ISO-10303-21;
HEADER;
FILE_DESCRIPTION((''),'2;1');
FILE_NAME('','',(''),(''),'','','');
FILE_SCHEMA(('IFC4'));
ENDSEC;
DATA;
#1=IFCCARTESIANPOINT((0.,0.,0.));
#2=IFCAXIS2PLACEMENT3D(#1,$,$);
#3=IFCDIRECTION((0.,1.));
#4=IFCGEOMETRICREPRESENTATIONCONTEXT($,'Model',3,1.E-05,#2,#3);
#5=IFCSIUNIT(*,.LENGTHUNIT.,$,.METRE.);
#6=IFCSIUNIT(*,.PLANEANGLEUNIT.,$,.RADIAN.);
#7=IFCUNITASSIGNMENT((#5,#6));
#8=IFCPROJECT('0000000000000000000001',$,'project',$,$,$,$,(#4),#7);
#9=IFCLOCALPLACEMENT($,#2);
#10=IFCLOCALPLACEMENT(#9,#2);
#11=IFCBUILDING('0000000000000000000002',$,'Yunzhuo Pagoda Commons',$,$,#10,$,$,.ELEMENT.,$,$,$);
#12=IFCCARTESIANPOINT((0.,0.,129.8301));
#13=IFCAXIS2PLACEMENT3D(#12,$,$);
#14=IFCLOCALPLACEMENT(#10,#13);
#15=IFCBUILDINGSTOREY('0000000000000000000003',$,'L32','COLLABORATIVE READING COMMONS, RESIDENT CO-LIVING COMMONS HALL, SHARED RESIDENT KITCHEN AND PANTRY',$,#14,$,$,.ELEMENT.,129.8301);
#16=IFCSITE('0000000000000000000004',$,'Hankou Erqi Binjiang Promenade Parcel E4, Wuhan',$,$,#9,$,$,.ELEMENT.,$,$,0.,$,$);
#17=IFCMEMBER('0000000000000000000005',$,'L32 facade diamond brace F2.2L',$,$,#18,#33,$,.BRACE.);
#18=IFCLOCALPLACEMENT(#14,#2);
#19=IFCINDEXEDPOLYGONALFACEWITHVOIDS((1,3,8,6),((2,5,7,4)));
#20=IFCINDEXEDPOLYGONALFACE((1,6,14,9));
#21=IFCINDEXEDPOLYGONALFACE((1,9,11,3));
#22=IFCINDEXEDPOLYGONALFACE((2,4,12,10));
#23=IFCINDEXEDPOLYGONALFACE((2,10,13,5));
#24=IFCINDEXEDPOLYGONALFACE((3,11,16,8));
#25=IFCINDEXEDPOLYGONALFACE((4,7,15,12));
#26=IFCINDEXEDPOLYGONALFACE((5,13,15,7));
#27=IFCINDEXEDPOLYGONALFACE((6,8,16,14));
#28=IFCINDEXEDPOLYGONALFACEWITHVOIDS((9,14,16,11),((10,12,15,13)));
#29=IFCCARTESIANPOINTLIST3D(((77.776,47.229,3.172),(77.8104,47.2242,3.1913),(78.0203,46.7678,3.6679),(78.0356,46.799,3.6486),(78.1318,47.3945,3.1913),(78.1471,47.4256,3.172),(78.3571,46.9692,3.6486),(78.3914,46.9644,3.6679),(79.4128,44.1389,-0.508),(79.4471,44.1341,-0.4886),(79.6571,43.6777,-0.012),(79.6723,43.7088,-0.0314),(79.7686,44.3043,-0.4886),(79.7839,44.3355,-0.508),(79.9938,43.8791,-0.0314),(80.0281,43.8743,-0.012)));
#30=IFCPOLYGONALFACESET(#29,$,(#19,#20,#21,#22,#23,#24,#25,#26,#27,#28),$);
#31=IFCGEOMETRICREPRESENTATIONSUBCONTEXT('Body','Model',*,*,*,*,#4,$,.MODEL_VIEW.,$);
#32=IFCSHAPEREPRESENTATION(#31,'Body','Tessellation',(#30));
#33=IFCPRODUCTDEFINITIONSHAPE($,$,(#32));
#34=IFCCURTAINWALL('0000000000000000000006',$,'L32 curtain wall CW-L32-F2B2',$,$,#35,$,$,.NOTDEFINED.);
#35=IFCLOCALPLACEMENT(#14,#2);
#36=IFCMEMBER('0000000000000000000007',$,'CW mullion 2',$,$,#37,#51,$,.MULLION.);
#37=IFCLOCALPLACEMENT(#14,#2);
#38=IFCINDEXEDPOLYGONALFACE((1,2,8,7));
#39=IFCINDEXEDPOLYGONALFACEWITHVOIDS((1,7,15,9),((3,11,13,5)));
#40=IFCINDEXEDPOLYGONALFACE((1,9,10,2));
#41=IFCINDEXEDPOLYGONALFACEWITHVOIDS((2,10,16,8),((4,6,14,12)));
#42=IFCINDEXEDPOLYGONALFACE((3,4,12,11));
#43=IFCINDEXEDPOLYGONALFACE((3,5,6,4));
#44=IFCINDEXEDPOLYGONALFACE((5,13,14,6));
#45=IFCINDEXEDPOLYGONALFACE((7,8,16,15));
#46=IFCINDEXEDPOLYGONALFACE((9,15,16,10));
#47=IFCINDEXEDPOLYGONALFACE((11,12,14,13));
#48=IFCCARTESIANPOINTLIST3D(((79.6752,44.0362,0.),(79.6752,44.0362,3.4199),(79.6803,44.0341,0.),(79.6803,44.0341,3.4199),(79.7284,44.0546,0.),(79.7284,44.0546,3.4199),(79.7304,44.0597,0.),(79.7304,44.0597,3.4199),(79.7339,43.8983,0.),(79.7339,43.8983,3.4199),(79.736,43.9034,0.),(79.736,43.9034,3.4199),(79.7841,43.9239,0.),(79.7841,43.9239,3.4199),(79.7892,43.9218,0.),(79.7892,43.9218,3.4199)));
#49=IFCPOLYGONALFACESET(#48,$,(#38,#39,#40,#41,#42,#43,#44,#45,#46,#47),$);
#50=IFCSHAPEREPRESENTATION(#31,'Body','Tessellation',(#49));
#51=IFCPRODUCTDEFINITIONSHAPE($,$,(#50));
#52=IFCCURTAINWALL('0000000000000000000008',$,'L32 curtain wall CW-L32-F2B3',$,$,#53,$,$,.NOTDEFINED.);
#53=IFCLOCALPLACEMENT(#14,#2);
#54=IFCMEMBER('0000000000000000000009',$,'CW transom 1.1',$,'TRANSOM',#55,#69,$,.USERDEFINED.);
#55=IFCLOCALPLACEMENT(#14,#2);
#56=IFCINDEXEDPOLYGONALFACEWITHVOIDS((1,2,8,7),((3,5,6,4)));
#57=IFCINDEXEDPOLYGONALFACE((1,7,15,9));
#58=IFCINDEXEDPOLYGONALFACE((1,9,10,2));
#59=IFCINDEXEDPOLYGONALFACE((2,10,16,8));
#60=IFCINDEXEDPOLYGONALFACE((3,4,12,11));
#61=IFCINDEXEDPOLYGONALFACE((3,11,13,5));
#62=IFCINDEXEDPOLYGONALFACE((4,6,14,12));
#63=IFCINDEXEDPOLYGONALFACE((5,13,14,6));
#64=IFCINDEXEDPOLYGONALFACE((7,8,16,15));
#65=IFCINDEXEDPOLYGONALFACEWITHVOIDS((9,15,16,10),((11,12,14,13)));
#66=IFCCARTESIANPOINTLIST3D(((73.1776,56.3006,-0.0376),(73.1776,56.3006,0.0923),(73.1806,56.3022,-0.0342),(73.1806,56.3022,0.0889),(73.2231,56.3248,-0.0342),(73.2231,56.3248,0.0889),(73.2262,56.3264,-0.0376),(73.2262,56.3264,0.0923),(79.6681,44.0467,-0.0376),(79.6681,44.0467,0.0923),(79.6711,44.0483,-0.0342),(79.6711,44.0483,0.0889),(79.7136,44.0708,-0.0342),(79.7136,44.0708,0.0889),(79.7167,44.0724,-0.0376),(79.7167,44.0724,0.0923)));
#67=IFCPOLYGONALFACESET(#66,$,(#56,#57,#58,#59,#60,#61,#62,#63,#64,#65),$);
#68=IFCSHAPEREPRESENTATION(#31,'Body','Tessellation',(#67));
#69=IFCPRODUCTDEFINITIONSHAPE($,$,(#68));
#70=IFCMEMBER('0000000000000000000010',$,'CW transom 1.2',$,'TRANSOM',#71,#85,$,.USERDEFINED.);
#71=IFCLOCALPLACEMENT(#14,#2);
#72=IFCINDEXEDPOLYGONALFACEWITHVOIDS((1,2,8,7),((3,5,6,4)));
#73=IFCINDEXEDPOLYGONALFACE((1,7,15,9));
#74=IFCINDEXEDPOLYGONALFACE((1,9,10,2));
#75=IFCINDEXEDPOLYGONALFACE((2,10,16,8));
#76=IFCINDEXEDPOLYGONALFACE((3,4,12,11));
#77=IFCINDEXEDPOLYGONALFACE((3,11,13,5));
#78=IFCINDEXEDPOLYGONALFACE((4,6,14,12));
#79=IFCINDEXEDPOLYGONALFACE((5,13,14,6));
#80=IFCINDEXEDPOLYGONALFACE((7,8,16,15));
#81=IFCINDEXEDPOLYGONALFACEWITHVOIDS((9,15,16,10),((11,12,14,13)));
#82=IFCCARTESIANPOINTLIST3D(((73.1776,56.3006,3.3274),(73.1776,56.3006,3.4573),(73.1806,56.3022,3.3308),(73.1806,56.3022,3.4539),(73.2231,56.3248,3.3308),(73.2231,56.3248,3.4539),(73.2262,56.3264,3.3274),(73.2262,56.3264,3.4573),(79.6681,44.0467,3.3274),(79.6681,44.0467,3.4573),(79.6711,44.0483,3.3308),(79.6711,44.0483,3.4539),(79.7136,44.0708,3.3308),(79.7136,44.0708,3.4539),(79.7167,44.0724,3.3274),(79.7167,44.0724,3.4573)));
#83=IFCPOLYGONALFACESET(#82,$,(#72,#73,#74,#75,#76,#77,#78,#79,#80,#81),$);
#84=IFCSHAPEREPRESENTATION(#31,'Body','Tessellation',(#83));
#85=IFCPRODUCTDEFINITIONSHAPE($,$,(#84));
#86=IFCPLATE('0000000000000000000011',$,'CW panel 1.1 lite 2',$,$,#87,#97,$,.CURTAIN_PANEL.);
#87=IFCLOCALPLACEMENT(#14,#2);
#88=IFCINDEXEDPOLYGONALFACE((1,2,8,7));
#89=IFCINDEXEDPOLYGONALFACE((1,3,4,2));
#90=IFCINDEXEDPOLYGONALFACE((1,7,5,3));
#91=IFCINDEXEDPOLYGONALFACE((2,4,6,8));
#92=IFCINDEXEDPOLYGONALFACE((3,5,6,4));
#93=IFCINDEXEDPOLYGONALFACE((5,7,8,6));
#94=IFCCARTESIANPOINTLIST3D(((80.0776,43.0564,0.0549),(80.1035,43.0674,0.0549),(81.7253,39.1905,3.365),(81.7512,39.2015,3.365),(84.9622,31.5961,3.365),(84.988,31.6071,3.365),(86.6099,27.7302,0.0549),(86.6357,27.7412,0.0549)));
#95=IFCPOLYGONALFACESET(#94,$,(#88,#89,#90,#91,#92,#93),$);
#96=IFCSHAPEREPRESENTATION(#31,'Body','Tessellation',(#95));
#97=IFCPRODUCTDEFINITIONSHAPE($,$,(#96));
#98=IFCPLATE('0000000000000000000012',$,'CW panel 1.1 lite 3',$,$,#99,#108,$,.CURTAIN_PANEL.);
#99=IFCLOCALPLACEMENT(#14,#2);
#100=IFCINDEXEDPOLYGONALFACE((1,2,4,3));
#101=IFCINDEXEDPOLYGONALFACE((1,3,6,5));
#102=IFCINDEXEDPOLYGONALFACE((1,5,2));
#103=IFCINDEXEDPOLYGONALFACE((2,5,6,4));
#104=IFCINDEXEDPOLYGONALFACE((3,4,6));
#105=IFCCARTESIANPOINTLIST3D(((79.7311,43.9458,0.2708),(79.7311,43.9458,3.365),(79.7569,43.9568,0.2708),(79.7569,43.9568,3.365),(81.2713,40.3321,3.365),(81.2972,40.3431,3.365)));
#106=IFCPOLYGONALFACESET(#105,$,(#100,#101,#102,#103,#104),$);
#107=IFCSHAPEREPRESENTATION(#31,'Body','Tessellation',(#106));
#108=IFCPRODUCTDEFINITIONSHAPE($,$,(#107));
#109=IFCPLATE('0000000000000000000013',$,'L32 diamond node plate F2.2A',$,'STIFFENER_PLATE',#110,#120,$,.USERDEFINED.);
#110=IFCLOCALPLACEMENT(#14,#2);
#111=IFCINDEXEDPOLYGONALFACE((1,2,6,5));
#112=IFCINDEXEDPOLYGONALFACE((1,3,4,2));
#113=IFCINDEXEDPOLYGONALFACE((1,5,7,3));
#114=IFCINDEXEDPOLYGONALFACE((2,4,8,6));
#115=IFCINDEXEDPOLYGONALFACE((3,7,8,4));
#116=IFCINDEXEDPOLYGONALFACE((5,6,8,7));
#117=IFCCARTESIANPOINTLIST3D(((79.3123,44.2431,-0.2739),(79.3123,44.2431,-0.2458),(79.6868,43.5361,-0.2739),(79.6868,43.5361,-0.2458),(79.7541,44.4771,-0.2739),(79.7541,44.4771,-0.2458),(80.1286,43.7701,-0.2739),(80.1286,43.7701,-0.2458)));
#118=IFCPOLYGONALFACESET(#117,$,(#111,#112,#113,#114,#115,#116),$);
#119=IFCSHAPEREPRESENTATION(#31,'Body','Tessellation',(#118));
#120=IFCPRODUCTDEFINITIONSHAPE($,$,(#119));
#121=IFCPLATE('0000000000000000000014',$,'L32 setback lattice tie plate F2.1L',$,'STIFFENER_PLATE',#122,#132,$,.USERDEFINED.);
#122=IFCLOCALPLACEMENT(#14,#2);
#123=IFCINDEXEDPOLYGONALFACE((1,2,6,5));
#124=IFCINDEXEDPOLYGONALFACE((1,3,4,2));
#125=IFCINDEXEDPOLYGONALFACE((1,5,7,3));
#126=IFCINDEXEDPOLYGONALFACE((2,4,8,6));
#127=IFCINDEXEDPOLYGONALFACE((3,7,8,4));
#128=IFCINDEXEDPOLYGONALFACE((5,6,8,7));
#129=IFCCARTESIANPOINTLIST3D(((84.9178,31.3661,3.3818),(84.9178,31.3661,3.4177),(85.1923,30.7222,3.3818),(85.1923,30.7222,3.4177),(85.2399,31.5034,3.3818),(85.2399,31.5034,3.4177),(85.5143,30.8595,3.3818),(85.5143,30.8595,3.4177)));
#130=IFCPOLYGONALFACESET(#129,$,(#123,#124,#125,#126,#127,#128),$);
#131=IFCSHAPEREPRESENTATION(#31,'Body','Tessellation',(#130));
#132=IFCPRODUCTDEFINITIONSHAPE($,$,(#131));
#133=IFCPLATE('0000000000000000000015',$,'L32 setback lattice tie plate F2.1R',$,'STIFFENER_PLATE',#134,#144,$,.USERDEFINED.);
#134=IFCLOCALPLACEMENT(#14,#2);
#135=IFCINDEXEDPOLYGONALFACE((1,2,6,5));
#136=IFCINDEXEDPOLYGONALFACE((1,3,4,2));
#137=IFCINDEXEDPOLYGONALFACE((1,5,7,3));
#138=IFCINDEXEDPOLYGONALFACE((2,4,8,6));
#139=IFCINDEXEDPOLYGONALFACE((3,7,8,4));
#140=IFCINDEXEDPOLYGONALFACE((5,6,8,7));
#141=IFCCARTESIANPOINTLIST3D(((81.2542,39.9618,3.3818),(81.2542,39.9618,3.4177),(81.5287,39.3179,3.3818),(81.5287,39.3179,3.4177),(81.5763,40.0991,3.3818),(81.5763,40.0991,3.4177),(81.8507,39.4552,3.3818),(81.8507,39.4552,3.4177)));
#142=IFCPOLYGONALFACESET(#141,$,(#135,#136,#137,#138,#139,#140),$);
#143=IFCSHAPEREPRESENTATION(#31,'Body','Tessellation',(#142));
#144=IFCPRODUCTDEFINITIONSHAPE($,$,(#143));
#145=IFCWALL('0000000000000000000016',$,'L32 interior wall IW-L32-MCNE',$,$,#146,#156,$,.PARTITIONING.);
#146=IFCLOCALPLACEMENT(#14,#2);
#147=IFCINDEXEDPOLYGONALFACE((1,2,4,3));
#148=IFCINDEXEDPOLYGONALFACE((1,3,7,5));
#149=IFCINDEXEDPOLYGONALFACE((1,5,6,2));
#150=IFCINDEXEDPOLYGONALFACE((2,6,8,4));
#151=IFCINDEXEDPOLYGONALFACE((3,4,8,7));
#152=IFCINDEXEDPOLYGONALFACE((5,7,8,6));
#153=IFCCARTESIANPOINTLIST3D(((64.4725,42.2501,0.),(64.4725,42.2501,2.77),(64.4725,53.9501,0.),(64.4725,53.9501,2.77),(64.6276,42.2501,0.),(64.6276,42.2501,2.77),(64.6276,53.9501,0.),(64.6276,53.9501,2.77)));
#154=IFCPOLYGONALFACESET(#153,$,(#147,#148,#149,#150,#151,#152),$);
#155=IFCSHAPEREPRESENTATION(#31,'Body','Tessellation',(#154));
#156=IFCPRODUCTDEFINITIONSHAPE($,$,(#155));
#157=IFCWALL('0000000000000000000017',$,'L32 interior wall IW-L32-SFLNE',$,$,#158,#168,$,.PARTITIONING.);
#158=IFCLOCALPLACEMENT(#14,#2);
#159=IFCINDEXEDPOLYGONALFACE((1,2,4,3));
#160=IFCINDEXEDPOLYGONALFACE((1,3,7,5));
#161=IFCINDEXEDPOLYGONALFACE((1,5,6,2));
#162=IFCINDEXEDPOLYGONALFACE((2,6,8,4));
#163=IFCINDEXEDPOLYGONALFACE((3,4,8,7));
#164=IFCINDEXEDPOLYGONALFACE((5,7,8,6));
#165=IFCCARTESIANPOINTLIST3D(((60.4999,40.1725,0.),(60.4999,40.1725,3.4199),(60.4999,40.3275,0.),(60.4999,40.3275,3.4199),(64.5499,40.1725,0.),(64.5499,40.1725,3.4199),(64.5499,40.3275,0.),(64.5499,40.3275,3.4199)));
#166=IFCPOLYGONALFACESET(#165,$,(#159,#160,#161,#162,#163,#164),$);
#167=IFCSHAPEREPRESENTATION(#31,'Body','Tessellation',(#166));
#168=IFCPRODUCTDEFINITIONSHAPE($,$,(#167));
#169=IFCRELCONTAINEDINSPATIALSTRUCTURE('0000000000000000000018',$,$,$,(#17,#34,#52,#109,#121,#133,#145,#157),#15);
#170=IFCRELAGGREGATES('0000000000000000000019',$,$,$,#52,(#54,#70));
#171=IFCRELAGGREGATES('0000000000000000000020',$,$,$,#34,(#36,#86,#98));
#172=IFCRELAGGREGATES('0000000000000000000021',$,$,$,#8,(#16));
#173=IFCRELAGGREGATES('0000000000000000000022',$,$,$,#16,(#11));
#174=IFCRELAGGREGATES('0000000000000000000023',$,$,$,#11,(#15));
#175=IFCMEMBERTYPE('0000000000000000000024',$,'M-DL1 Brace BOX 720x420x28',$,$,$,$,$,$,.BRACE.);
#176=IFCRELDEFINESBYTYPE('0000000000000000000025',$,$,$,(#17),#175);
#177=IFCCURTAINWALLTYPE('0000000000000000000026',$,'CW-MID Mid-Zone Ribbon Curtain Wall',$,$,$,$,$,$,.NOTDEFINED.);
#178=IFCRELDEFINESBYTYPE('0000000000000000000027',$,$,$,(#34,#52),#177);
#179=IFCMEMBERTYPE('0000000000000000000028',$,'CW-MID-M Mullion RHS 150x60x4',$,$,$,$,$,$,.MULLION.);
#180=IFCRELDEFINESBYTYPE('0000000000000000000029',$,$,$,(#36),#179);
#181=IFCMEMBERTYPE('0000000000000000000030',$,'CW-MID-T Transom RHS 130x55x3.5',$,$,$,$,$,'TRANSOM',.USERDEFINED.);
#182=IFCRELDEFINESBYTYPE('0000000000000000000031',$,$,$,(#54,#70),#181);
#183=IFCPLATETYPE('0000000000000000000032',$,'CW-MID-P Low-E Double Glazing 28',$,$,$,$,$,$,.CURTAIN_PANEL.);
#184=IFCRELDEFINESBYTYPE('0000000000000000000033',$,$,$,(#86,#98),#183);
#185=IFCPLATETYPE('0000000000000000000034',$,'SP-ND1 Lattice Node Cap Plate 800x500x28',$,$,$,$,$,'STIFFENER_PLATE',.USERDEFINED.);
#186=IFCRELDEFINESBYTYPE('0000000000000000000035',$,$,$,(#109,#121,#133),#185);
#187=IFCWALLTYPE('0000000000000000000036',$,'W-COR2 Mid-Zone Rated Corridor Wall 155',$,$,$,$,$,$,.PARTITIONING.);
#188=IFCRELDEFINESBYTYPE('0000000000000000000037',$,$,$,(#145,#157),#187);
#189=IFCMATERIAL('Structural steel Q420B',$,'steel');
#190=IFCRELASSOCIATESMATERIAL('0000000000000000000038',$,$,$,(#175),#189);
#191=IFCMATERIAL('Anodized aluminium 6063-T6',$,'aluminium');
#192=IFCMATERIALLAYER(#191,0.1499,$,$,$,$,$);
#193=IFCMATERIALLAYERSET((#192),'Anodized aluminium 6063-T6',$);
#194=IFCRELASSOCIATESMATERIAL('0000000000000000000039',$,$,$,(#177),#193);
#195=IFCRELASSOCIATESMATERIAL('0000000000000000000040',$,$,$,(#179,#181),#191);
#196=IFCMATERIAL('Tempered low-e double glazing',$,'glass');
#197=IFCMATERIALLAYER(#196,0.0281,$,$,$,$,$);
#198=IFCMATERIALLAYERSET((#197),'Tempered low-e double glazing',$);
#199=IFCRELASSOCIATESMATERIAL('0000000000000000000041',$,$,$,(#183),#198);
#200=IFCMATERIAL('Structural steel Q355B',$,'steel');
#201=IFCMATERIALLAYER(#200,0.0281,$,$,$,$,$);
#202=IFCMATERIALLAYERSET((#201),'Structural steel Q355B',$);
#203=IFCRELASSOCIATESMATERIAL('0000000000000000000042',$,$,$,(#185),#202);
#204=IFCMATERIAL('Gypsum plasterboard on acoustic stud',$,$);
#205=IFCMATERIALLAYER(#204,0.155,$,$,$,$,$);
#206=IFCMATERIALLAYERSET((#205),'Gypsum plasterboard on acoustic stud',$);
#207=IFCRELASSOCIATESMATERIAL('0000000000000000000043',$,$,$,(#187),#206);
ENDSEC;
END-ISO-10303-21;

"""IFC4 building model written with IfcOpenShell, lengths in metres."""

from ifc_helpers import new_model, si_unit, direction, frame, frame_2d, origin, origin_2d, place, context, subcontext, project, spatial, polyline, rectangle, hollow_rectangle, outline, extrude, source, transform, mapped, material, layer, layer_set, material_profile, profile_set, type_object, element, aggregate, save


model = new_model("IFC4")

# Units and contexts
model_context = context("Model", 3, precision=1e-05, world=origin(), true_north=direction((0.0, 1.0)))
body_context = subcontext(model_context, "Body", "Model", "MODEL_VIEW")
ifc_project = project(units=[si_unit("LENGTHUNIT", "METRE"), si_unit("PLANEANGLEUNIT", "RADIAN")], contexts=[model_context])

# Site, building, storey
site_placement = place(None, origin())
site = spatial("IfcSite", under=ifc_project, at=site_placement, Name="Hankou Erqi Binjiang Promenade Parcel E4, Wuhan", CompositionType="ELEMENT", RefElevation=0.0)
building_placement = place(site_placement, origin())
building = spatial("IfcBuilding", under=site, at=building_placement, Name="Yunzhuo Pagoda Commons", CompositionType="ELEMENT")
storey_placement = place(building_placement, frame((0.0, 0.0, 129.8301)))
storey = spatial("IfcBuildingStorey", under=building, at=storey_placement, Name="L32", Description="COLLABORATIVE READING COMMONS, RESIDENT CO-LIVING COMMONS HALL, SHARED RESIDENT KITCHEN AND PANTRY", CompositionType="ELEMENT", Elevation=129.8301)

# Shared definitions
ifc_material_1 = material(Name="Structural steel Q420B", Category="steel")

# Shared definitions
ifc_material_2 = material(Name="Structural steel Q355B", Category="steel")

# Member
ifc_material_profile_1 = material_profile(ifc_material_1, hollow_rectangle(XDim=0.4199, YDim=0.72, WallThickness=0.0281, at=origin_2d()), Name="Structural steel Q420B")
ifc_profile_set_1 = profile_set([ifc_material_profile_1], Name="Structural steel Q420B")
member_type_1 = type_object("IfcMemberType", Name="M-DL1 Brace BOX 720x420x28", PredefinedType="BRACE", material=ifc_profile_set_1)
shared_shape_1 = source(origin(), body_context, "Body", "SweptSolid", [
    extrude(hollow_rectangle(XDim=0.4199, YDim=0.72, WallThickness=0.0281, at=origin_2d()), origin(), (0.0, 0.0, 1.0), 5.0764),
])
member_1_placement = place(storey_placement, frame((79.7205, 44.0066, -0.26), z_axis=(-0.32242, 0.608722, 0.724916), x_axis=(-0.883694, -0.468064, 0.0)))
element("IfcMember", 1, at=member_1_placement, inside=storey, type_object=member_type_1, Name="L32 facade diamond brace F2.2L", PredefinedType="BRACE", context=body_context, shape_type="MappedRepresentation", body=[
    mapped(shared_shape_1, transform((0.0, 0.0, 0.0), scale=1.0)),
])

# Curtain wall, member
ifc_material_3 = material(Name="Anodized aluminium 6063-T6", Category="aluminium")
ifc_layer_1 = layer(ifc_material_3, 0.1499)
ifc_layer_set_1 = layer_set([ifc_layer_1], Name="Anodized aluminium 6063-T6")
curtain_wall_type = type_object("IfcCurtainWallType", Name="CW-MID Mid-Zone Ribbon Curtain Wall", PredefinedType="NOTDEFINED", material=ifc_layer_set_1)
curtain_wall_1_placement = place(storey_placement, origin())
curtain_wall_1 = element("IfcCurtainWall", 2, at=curtain_wall_1_placement, inside=storey, type_object=curtain_wall_type, Name="L32 curtain wall CW-L32-F2B2", PredefinedType="NOTDEFINED")
ifc_material_profile_2 = material_profile(ifc_material_3, hollow_rectangle(XDim=0.0601, YDim=0.1499, WallThickness=0.0039, at=origin_2d()), Name="Anodized aluminium 6063-T6")
ifc_profile_set_2 = profile_set([ifc_material_profile_2], Name="Anodized aluminium 6063-T6")
member_type_2 = type_object("IfcMemberType", Name="CW-MID-M Mullion RHS 150x60x4", PredefinedType="MULLION", material=ifc_profile_set_2)
shared_shape_2 = source(origin(), body_context, "Body", "SweptSolid", [
    extrude(hollow_rectangle(XDim=0.0601, YDim=0.1499, WallThickness=0.0039, at=origin_2d()), origin(), (0.0, 0.0, 1.0), 3.4199),
])
member_2_placement = place(storey_placement, frame((79.7322, 43.979, 0.0), z_axis=(0.0, 0.0, 1.0), x_axis=(-0.919928, -0.392087, 0.0)))
member_2 = element("IfcMember", 3, at=member_2_placement, type_object=member_type_2, Name="CW mullion 2", PredefinedType="MULLION", context=body_context, shape_type="MappedRepresentation", body=[
    mapped(shared_shape_2, transform((0.0, 0.0, 0.0), scale=1.0)),
])

# Curtain wall, members
curtain_wall_2_placement = place(storey_placement, origin())
curtain_wall_2 = element("IfcCurtainWall", 4, at=curtain_wall_2_placement, inside=storey, type_object=curtain_wall_type, Name="L32 curtain wall CW-L32-F2B3", PredefinedType="NOTDEFINED")
ifc_material_profile_3 = material_profile(ifc_material_3, hollow_rectangle(XDim=0.0549, YDim=0.1299, WallThickness=0.0034, at=origin_2d()), Name="Anodized aluminium 6063-T6")
ifc_profile_set_3 = profile_set([ifc_material_profile_3], Name="Anodized aluminium 6063-T6")
member_type_3 = type_object("IfcMemberType", Name="CW-MID-T Transom RHS 130x55x3.5", ElementType="TRANSOM", PredefinedType="USERDEFINED", material=ifc_profile_set_3)
shared_shape_3 = source(origin(), body_context, "Body", "SweptSolid", [
    extrude(hollow_rectangle(XDim=0.0549, YDim=0.1299, WallThickness=0.0034, at=origin_2d()), origin(), (0.0, 0.0, 1.0), 13.8667),
])
member_3_placement = place(storey_placement, frame((79.6924, 44.0596, 0.0273), z_axis=(-0.468063, 0.883695, 0.0), x_axis=(-0.883695, -0.468063, 0.0)))
member_3 = element("IfcMember", 5, at=member_3_placement, type_object=member_type_3, Name="CW transom 1.1", ObjectType="TRANSOM", PredefinedType="USERDEFINED", context=body_context, shape_type="MappedRepresentation", body=[
    mapped(shared_shape_3, transform((0.0, 0.0, 0.0), scale=1.0)),
])
member_4_placement = place(storey_placement, frame((79.6924, 44.0596, 3.3923), z_axis=(-0.468063, 0.883695, 0.0), x_axis=(-0.883695, -0.468063, 0.0)))
member_4 = element("IfcMember", 6, at=member_4_placement, type_object=member_type_3, Name="CW transom 1.2", ObjectType="TRANSOM", PredefinedType="USERDEFINED", context=body_context, shape_type="MappedRepresentation", body=[
    mapped(shared_shape_3, transform((0.0, 0.0, 0.0), scale=1.0)),
])
aggregate(curtain_wall_2, [member_3, member_4])

# Plates
ifc_material_4 = material(Name="Tempered low-e double glazing", Category="glass")
ifc_layer_2 = layer(ifc_material_4, 0.0281)
ifc_layer_set_2 = layer_set([ifc_layer_2], Name="Tempered low-e double glazing")
plate_type_1 = type_object("IfcPlateType", Name="CW-MID-P Low-E Double Glazing 28", PredefinedType="CURTAIN_PANEL", material=ifc_layer_set_2)
plate_1_placement = place(storey_placement, frame((83.3438, 35.3933, 1.71), z_axis=(0.919928, 0.392087, 0.0), x_axis=(-0.392087, 0.919928, 0.0)))
plate_1 = element("IfcPlate", 7, at=plate_1_placement, type_object=plate_type_1, Name="CW panel 1.1 lite 2", PredefinedType="CURTAIN_PANEL", context=body_context, shape_type="SweptSolid", body=[
    extrude(outline(polyline([(-8.3301, -1.655), (8.3301, -1.655), (4.1277, 1.655), (-4.1277, 1.655), (-8.3301, -1.655)])), origin(), (0.0, 0.0, 1.0), 0.0281),
])
plate_2_placement = place(storey_placement, frame((80.5012, 42.1389, 1.8179), z_axis=(0.919928, 0.392087, 0.0), x_axis=(-0.392087, 0.919928, 0.0)))
plate_2 = element("IfcPlate", 8, at=plate_2_placement, type_object=plate_type_1, Name="CW panel 1.1 lite 3", PredefinedType="CURTAIN_PANEL", context=body_context, shape_type="SweptSolid", body=[
    extrude(outline(polyline([(-1.9641, 1.5471), (1.9641, -1.5471), (1.9641, 1.5471), (-1.9641, 1.5471)])), origin(), (0.0, 0.0, 1.0), 0.0281),
])
aggregate(curtain_wall_1, [member_2, plate_1, plate_2])

# Plates
ifc_layer_3 = layer(ifc_material_2, 0.0281)
ifc_layer_set_3 = layer_set([ifc_layer_3], Name="Structural steel Q355B")
plate_type_2 = type_object("IfcPlateType", Name="SP-ND1 Lattice Node Cap Plate 800x500x28", ElementType="STIFFENER_PLATE", PredefinedType="USERDEFINED", material=ifc_layer_set_3)
shared_shape_4 = source(origin(), body_context, "Body", "SweptSolid", [
    extrude(rectangle(XDim=0.8, YDim=0.5, at=origin_2d()), origin(), (0.0, 0.0, 1.0), 0.0281),
])
plate_3_placement = place(storey_placement, frame((79.7205, 44.0066, -0.2739), z_axis=(0.0, 0.0, 1.0), x_axis=(-0.468069, 0.883692, 0.0)))
element("IfcPlate", 9, at=plate_3_placement, inside=storey, type_object=plate_type_2, Name="L32 diamond node plate F2.2A", ObjectType="STIFFENER_PLATE", PredefinedType="USERDEFINED", context=body_context, shape_type="MappedRepresentation", body=[
    mapped(shared_shape_4, transform((0.0, 0.0, 0.0), scale=1.0)),
])
shared_shape_5 = source(origin(), body_context, "Body", "SweptSolid", [
    extrude(rectangle(XDim=0.7, YDim=0.3501, at=origin_2d()), origin(), (0.0, 0.0, 1.0), 0.0359),
])
for number, where, z_axis, x_axis, name in (
    (10, (85.2161, 31.1128, 3.3818), (0.0, 0.0, 1.0), (-0.39208, 0.919931, 0.0), "L32 setback lattice tie plate F2.1L"),
    (11, (81.5525, 39.7085, 3.3818), (0.0, 0.0, 1.0), (-0.39208, 0.919931, 0.0), "L32 setback lattice tie plate F2.1R"),
):
    element("IfcPlate", number, at=place(storey_placement, frame(where, z_axis=z_axis, x_axis=x_axis)), inside=storey, type_object=plate_type_2, Name=name, ObjectType="STIFFENER_PLATE", PredefinedType="USERDEFINED", context=body_context, shape_type="MappedRepresentation", body=[
        mapped(shared_shape_5, transform((0.0, 0.0, 0.0), scale=1.0)),
    ])

# Walls
ifc_material_5 = material(Name="Gypsum plasterboard on acoustic stud")
ifc_layer_4 = layer(ifc_material_5, 0.155)
ifc_layer_set_4 = layer_set([ifc_layer_4], Name="Gypsum plasterboard on acoustic stud")
wall_type_1 = type_object("IfcWallType", Name="W-COR2 Mid-Zone Rated Corridor Wall 155", PredefinedType="PARTITIONING", material=ifc_layer_set_4)
wall_1_placement = place(storey_placement, frame((64.55, 42.25, 0.0), z_axis=(0.0, 0.0, 1.0), x_axis=(0.0, 1.0, 0.0)))
element("IfcWall", 12, at=wall_1_placement, inside=storey, type_object=wall_type_1, Name="L32 interior wall IW-L32-MCNE", PredefinedType="PARTITIONING", context=body_context, shape_type="SweptSolid", body=[
    extrude(rectangle(XDim=11.7, YDim=0.155, at=frame_2d((5.8501, 0.0))), origin(), (0.0, 0.0, 1.0), 2.77),
])
wall_2_placement = place(storey_placement, frame((60.5, 40.25, 0.0), z_axis=(0.0, 0.0, 1.0), x_axis=(1.0, 0.0, 0.0)))
element("IfcWall", 13, at=wall_2_placement, inside=storey, type_object=wall_type_1, Name="L32 interior wall IW-L32-SFLNE", PredefinedType="PARTITIONING", context=body_context, shape_type="SweptSolid", body=[
    extrude(rectangle(XDim=4.05, YDim=0.155, at=frame_2d((2.0249, 0.0))), origin(), (0.0, 0.0, 1.0), 3.4199),
])

save(model, "model.ifc")
